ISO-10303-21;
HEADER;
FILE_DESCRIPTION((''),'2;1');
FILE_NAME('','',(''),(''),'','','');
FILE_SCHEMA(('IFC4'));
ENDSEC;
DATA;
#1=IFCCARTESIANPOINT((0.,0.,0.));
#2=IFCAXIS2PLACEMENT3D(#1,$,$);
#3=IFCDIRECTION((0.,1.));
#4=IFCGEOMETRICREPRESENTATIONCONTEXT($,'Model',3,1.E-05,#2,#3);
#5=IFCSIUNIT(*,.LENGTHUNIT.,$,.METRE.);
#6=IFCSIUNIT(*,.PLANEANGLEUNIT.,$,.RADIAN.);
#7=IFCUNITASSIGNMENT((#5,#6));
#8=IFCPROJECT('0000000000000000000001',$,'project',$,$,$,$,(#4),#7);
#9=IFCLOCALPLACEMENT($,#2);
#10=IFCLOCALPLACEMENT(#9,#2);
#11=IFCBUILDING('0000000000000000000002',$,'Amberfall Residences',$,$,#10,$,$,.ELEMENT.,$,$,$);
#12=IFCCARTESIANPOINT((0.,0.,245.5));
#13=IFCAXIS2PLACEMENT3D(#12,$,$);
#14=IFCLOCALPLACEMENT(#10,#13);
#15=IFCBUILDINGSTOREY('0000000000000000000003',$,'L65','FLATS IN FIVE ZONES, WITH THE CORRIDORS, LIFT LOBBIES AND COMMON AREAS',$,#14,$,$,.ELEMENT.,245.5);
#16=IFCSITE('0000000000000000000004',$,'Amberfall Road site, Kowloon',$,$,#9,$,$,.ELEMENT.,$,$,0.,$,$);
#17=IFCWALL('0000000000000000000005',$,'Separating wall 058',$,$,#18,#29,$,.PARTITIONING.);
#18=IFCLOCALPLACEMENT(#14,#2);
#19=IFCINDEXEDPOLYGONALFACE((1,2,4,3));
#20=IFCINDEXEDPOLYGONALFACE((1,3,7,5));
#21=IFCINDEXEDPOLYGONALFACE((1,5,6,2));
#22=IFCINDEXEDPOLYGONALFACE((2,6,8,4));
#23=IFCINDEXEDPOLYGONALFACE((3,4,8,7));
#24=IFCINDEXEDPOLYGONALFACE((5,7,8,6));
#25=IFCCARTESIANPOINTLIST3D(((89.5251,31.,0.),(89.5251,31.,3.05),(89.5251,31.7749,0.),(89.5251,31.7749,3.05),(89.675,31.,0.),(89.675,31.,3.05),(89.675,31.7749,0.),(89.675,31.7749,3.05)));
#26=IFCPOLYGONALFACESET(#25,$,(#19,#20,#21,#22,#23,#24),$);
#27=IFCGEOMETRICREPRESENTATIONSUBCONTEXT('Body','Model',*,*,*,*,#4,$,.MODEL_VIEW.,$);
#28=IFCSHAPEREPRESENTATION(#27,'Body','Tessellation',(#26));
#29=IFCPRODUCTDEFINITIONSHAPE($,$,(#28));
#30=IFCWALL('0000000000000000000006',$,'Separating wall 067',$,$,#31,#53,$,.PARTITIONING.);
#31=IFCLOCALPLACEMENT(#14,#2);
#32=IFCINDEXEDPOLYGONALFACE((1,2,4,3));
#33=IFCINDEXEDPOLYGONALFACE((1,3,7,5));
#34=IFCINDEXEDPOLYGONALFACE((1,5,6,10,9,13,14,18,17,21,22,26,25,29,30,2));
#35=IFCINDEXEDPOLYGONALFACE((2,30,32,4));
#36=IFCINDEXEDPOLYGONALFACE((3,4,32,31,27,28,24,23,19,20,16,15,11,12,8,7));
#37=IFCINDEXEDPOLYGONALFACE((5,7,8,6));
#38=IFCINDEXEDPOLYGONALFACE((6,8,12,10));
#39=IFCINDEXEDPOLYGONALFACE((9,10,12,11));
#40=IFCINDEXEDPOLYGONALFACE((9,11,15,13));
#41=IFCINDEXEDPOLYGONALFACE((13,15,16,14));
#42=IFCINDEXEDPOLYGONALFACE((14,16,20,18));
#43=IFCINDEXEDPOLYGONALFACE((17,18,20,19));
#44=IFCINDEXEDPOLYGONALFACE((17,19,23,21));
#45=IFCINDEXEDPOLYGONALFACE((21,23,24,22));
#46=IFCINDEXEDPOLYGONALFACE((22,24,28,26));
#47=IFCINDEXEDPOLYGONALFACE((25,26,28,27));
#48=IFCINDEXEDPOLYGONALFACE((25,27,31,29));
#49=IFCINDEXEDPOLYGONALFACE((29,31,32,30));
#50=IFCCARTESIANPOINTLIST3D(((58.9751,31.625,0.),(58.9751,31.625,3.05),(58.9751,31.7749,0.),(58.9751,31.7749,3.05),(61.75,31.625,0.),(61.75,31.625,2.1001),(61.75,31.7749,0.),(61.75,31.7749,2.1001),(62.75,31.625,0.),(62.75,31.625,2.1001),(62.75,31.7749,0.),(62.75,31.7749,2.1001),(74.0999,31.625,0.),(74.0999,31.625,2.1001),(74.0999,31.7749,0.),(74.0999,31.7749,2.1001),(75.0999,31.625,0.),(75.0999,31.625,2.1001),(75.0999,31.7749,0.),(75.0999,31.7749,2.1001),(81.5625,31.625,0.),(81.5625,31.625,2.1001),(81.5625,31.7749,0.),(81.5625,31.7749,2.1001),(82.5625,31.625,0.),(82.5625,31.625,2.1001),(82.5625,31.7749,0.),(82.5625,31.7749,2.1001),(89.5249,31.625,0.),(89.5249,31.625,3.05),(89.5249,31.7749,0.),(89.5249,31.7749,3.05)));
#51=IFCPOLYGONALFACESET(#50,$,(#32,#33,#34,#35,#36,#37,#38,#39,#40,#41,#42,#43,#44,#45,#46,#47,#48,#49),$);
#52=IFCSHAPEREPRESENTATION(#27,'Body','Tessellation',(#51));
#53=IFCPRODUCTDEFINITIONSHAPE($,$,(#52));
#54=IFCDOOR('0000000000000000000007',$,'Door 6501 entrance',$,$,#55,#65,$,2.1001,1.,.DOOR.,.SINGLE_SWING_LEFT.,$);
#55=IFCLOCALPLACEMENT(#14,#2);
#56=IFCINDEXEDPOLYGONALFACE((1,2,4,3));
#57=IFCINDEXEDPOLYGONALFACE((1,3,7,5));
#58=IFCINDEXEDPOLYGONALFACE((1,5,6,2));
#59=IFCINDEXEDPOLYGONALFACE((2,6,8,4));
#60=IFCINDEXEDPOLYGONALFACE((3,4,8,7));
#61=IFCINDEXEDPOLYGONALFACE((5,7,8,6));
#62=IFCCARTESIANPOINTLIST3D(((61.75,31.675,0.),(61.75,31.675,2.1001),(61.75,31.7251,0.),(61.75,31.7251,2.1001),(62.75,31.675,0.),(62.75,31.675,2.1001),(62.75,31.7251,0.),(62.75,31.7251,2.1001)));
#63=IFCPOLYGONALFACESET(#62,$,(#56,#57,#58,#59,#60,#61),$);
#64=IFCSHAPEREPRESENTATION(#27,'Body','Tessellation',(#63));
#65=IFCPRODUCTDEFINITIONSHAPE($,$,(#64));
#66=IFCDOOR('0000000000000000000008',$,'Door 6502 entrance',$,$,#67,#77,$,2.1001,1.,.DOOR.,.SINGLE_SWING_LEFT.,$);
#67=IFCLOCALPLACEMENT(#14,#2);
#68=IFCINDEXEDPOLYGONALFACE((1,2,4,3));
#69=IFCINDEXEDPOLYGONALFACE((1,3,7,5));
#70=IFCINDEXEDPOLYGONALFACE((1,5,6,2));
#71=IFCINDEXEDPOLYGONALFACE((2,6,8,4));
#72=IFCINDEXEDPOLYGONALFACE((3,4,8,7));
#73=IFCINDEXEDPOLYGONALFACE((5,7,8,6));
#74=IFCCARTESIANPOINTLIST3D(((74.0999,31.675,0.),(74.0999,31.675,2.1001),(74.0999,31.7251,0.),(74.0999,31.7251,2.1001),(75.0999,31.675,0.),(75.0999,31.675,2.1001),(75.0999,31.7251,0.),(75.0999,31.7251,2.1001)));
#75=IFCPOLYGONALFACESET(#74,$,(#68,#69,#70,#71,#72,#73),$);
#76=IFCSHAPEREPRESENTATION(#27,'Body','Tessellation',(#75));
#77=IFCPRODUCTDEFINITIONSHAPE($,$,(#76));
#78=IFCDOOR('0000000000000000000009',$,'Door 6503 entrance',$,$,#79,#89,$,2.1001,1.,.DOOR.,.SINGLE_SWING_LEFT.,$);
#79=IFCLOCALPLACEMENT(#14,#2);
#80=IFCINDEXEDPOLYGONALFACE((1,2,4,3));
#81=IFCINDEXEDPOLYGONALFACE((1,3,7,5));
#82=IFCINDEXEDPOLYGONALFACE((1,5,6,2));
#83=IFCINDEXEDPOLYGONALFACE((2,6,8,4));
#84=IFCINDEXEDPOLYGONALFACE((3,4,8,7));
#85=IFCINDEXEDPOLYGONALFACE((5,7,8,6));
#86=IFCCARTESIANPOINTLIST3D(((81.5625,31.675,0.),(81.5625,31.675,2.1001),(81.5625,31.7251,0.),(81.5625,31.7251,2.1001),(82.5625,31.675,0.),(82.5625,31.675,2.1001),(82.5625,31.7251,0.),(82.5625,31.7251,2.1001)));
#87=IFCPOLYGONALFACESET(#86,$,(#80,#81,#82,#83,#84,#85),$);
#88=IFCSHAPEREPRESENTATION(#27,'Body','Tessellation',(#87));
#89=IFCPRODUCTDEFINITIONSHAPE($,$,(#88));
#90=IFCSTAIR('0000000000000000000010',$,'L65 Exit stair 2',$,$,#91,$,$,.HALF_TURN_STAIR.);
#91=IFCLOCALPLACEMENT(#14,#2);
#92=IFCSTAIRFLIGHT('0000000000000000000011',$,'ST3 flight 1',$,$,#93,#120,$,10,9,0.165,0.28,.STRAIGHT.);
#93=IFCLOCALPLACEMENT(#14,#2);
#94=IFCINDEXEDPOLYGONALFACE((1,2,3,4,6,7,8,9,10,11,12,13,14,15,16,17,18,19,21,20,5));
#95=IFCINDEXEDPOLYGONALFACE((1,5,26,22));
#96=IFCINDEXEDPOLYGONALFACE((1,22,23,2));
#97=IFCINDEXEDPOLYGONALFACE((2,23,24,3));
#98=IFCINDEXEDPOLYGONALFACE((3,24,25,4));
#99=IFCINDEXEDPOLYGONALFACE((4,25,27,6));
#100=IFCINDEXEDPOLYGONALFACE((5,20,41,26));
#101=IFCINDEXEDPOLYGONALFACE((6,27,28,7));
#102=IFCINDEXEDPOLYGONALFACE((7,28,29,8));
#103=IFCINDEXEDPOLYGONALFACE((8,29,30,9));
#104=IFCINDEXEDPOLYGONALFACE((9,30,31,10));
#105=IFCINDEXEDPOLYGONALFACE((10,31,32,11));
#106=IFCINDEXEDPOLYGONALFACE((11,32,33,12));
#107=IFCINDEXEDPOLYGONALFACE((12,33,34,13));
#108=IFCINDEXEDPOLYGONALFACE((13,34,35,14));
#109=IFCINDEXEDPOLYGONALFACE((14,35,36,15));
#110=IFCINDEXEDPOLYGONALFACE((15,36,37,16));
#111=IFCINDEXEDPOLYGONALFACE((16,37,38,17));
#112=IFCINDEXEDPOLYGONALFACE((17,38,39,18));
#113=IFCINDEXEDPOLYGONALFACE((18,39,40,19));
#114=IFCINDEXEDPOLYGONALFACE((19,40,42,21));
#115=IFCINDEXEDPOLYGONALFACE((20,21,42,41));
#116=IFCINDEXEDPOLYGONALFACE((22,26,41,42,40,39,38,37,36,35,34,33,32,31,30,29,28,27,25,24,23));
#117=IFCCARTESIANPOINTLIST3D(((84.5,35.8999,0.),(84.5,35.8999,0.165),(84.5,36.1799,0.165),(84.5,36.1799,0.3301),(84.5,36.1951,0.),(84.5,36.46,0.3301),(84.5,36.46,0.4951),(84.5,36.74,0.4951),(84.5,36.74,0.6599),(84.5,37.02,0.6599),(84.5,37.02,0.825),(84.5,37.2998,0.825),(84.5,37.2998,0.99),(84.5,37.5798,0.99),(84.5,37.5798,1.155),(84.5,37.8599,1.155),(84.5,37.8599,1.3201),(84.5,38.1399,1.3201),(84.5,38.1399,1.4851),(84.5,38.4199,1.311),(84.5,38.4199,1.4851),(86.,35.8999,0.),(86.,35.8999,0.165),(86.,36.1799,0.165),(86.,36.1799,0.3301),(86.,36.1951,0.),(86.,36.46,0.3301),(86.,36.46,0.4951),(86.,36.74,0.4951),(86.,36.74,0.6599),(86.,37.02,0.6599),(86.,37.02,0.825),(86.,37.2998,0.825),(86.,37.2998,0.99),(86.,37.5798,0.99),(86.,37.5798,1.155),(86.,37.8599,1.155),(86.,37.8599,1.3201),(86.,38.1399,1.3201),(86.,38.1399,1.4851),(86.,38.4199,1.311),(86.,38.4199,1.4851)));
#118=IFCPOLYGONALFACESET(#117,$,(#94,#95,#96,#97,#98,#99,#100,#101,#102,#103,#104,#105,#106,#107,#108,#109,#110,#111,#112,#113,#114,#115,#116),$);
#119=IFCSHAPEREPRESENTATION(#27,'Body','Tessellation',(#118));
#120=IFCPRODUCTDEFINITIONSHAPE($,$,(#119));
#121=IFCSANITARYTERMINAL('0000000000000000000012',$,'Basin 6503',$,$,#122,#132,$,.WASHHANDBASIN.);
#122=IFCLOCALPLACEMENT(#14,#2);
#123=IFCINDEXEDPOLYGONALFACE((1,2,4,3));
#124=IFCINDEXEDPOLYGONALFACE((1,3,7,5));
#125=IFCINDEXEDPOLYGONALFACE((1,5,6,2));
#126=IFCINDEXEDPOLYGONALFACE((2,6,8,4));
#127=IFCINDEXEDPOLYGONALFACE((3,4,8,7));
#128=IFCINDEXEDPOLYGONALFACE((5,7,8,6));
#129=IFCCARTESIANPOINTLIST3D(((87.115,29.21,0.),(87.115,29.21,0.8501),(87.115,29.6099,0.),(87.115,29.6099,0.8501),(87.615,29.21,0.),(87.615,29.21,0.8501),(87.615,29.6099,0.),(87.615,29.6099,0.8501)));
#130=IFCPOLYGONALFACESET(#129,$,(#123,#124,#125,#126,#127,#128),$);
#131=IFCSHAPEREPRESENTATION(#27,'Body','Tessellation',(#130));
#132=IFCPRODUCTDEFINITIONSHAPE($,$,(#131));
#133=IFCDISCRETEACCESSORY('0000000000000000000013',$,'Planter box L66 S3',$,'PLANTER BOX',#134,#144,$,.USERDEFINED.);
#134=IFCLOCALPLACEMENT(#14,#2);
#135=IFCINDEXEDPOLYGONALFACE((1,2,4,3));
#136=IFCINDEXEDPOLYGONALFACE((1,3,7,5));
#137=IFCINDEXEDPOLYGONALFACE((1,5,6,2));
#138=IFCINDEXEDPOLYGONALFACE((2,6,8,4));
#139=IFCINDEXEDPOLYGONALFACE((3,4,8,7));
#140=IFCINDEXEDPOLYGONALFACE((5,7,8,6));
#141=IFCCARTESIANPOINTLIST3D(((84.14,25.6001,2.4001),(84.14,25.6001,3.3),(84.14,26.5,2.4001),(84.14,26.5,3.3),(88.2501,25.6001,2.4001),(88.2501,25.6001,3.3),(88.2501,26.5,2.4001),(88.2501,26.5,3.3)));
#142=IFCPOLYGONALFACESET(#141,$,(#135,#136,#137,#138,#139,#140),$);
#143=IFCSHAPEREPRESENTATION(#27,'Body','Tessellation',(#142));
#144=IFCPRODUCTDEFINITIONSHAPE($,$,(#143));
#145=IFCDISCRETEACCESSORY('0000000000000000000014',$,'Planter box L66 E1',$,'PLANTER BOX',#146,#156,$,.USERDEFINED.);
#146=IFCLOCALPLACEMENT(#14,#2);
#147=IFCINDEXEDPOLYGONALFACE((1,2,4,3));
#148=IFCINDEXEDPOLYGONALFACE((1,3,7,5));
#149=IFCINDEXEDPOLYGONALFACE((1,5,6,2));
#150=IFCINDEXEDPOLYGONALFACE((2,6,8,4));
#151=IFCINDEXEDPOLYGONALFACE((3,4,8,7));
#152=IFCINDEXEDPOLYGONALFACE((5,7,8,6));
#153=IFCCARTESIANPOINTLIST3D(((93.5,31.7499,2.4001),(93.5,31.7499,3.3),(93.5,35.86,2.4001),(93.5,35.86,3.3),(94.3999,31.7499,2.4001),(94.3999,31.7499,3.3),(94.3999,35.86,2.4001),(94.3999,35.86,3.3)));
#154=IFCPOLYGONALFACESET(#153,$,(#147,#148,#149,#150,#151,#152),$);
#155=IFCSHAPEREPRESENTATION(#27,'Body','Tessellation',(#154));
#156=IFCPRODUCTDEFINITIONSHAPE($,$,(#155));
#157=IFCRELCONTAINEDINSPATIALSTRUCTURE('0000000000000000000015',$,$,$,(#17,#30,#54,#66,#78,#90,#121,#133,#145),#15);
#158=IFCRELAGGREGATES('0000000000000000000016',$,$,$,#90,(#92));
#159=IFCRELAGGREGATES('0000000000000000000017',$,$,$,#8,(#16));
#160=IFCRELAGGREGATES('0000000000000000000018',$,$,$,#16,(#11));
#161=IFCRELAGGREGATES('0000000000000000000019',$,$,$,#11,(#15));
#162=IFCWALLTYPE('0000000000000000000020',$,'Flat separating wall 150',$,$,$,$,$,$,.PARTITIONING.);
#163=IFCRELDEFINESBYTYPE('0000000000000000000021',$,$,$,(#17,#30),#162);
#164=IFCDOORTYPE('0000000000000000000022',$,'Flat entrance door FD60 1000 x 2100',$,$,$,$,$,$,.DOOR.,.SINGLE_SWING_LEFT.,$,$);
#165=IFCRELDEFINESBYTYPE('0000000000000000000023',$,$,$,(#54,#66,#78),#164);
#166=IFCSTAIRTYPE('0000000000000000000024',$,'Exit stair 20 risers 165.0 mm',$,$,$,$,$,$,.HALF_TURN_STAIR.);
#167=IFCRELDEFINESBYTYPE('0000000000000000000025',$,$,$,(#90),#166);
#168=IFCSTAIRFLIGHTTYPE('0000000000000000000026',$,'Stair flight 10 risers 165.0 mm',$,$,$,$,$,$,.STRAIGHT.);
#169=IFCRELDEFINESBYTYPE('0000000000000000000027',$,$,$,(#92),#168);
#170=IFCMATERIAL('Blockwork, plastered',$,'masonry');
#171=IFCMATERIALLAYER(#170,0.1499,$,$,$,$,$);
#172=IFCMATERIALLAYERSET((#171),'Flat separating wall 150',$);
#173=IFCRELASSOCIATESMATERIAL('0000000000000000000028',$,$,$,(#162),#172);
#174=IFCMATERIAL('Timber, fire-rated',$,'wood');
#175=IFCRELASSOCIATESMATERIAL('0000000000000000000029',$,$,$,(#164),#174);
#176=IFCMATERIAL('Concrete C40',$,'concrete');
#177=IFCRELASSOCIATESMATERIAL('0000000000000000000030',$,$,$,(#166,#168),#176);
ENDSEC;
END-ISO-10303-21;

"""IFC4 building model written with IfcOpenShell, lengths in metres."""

from ifc_helpers import new_model, si_unit, direction, frame, frame_2d, origin, origin_2d, place, context, subcontext, project, spatial, polyline, rectangle, outline, extrude, material, layer, layer_set, type_object, element, fill, aggregate, save


model = new_model("IFC4")

# Units and contexts
model_context = context("Model", 3, precision=1e-05, world=origin(), true_north=direction((0.0, 1.0)))
body_context = subcontext(model_context, "Body", "Model", "MODEL_VIEW")
ifc_project = project(units=[si_unit("LENGTHUNIT", "METRE"), si_unit("PLANEANGLEUNIT", "RADIAN")], contexts=[model_context])

# Site, building, storey
site_placement = place(None, origin())
site = spatial("IfcSite", under=ifc_project, at=site_placement, Name="Amberfall Road site, Kowloon", CompositionType="ELEMENT", RefElevation=0.0)
building_placement = place(site_placement, origin())
building = spatial("IfcBuilding", under=site, at=building_placement, Name="Amberfall Residences", CompositionType="ELEMENT")
storey_placement = place(building_placement, frame((0.0, 0.0, 245.5)))
storey = spatial("IfcBuildingStorey", under=building, at=storey_placement, Name="L65", Description="FLATS IN FIVE ZONES, WITH THE CORRIDORS, LIFT LOBBIES AND COMMON AREAS", CompositionType="ELEMENT", Elevation=245.5)

# Wall
ifc_material_1 = material(Name="Blockwork, plastered", Category="masonry")
ifc_layer_1 = layer(ifc_material_1, 0.1499)
ifc_layer_set_1 = layer_set([ifc_layer_1], Name="Flat separating wall 150")
wall_type_1 = type_object("IfcWallType", Name="Flat separating wall 150", PredefinedType="PARTITIONING", material=ifc_layer_set_1)
wall_1_placement = place(storey_placement, frame((89.6001, 31.0, 0.0), z_axis=(0.0, 0.0, 1.0), x_axis=(0.0, 1.0, 0.0)))
element("IfcWall", 1, at=wall_1_placement, inside=storey, type_object=wall_type_1, Name="Separating wall 058", PredefinedType="PARTITIONING", context=body_context, shape_type="SweptSolid", body=[
    extrude(rectangle(XDim=0.7749, YDim=0.1499, at=frame_2d((0.3875, 0.0))), origin(), (0.0, 0.0, 1.0), 3.05),
])

# Wall, openings, doors
wall_2_placement = place(storey_placement, frame((89.5249, 31.7, 0.0), z_axis=(0.0, 0.0, 1.0), x_axis=(-1.0, 0.0, 0.0)))
wall_2 = element("IfcWall", 2, at=wall_2_placement, inside=storey, type_object=wall_type_1, Name="Separating wall 067", PredefinedType="PARTITIONING", context=body_context, shape_type="SweptSolid", body=[
    extrude(rectangle(XDim=30.5498, YDim=0.1499, at=frame_2d((15.2749, 0.0))), origin(), (0.0, 0.0, 1.0), 3.05),
])
opening_1_placement = place(wall_2_placement, frame((26.7749, 0.0, 0.0)))
opening_1 = element("IfcOpeningElement", 3, at=opening_1_placement, cuts=wall_2, PredefinedType="OPENING", context=body_context, shape_type="SweptSolid", body=[
    extrude(rectangle(XDim=1.0, YDim=2.1001, at=frame_2d((0.5, 1.05))), frame((0.0, 0.085, 0.0), z_axis=(0.0, -1.0, 0.0), x_axis=(1.0, 0.0, 0.0)), (0.0, 0.0, 1.0), 0.1699),
])
opening_2_placement = place(wall_2_placement, frame((14.425, 0.0, 0.0)))
opening_2 = element("IfcOpeningElement", 4, at=opening_2_placement, cuts=wall_2, PredefinedType="OPENING", context=body_context, shape_type="SweptSolid", body=[
    extrude(rectangle(XDim=1.0, YDim=2.1001, at=frame_2d((0.5, 1.05))), frame((0.0, 0.085, 0.0), z_axis=(0.0, -1.0, 0.0), x_axis=(1.0, 0.0, 0.0)), (0.0, 0.0, 1.0), 0.1699),
])
opening_3_placement = place(wall_2_placement, frame((6.9624, 0.0, 0.0)))
opening_3 = element("IfcOpeningElement", 5, at=opening_3_placement, cuts=wall_2, PredefinedType="OPENING", context=body_context, shape_type="SweptSolid", body=[
    extrude(rectangle(XDim=1.0, YDim=2.1001, at=frame_2d((0.5, 1.05))), frame((0.0, 0.085, 0.0), z_axis=(0.0, -1.0, 0.0), x_axis=(1.0, 0.0, 0.0)), (0.0, 0.0, 1.0), 0.1699),
])
ifc_material_2 = material(Name="Timber, fire-rated", Category="wood")
door_type_1 = type_object("IfcDoorType", Name="Flat entrance door FD60 1000 x 2100", OperationType="SINGLE_SWING_LEFT", PredefinedType="DOOR", material=ifc_material_2)
door_1_placement = place(opening_1_placement, origin())
door_1 = element("IfcDoor", 6, at=door_1_placement, inside=storey, type_object=door_type_1, Name="Door 6501 entrance", OperationType="SINGLE_SWING_LEFT", OverallHeight=2.1001, OverallWidth=1.0, PredefinedType="DOOR", context=body_context, shape_type="SweptSolid", body=[
    extrude(rectangle(XDim=1.0, YDim=2.1001, at=frame_2d((0.5, 1.05))), frame((0.0, 0.0249, 0.0), z_axis=(0.0, -1.0, 0.0), x_axis=(1.0, 0.0, 0.0)), (0.0, 0.0, 1.0), 0.05),
])
fill(opening_1, door_1)
door_2_placement = place(opening_2_placement, origin())
door_2 = element("IfcDoor", 7, at=door_2_placement, inside=storey, type_object=door_type_1, Name="Door 6502 entrance", OperationType="SINGLE_SWING_LEFT", OverallHeight=2.1001, OverallWidth=1.0, PredefinedType="DOOR", context=body_context, shape_type="SweptSolid", body=[
    extrude(rectangle(XDim=1.0, YDim=2.1001, at=frame_2d((0.5, 1.05))), frame((0.0, 0.0249, 0.0), z_axis=(0.0, -1.0, 0.0), x_axis=(1.0, 0.0, 0.0)), (0.0, 0.0, 1.0), 0.05),
])
fill(opening_2, door_2)
door_3_placement = place(opening_3_placement, origin())
door_3 = element("IfcDoor", 8, at=door_3_placement, inside=storey, type_object=door_type_1, Name="Door 6503 entrance", OperationType="SINGLE_SWING_LEFT", OverallHeight=2.1001, OverallWidth=1.0, PredefinedType="DOOR", context=body_context, shape_type="SweptSolid", body=[
    extrude(rectangle(XDim=1.0, YDim=2.1001, at=frame_2d((0.5, 1.05))), frame((0.0, 0.0249, 0.0), z_axis=(0.0, -1.0, 0.0), x_axis=(1.0, 0.0, 0.0)), (0.0, 0.0, 1.0), 0.05),
])
fill(opening_3, door_3)

# Stair, stair flight
ifc_material_3 = material(Name="Concrete C40", Category="concrete")
stair_type = type_object("IfcStairType", Name="Exit stair 20 risers 165.0 mm", PredefinedType="HALF_TURN_STAIR", material=ifc_material_3)
stair_placement = place(storey_placement, origin())
stair = element("IfcStair", 9, at=stair_placement, inside=storey, type_object=stair_type, Name="L65 Exit stair 2", PredefinedType="HALF_TURN_STAIR")
stair_flight_type = type_object("IfcStairFlightType", Name="Stair flight 10 risers 165.0 mm", PredefinedType="STRAIGHT", material=ifc_material_3)
stair_flight_placement = place(storey_placement, frame((85.25, 35.8999, 0.0), z_axis=(0.0, 0.0, 1.0), x_axis=(0.0, 1.0, 0.0)))
stair_flight = element("IfcStairFlight", 10, at=stair_flight_placement, type_object=stair_flight_type, Name="ST3 flight 1", NumberOfRisers=10, NumberOfTreads=9, PredefinedType="STRAIGHT", RiserHeight=0.165, TreadLength=0.28, context=body_context, shape_type="SweptSolid", body=[
    extrude(outline(polyline([(0.0, 0.0), (0.0, 0.165), (0.28, 0.165), (0.28, 0.3301), (0.5601, 0.3301), (0.5601, 0.4951), (0.8401, 0.4951), (0.8401, 0.6599), (1.1201, 0.6599), (1.1201, 0.825), (1.3999, 0.825), (1.3999, 0.99), (1.6799, 0.99), (1.6799, 1.155), (1.96, 1.155), (1.96, 1.3201), (2.24, 1.3201), (2.24, 1.4851), (2.52, 1.4851), (2.52, 1.6499), (2.52, 1.311), (0.2952, 0.0), (0.0, 0.0)])), frame((0.0, 0.75, 0.0), z_axis=(0.0, -1.0, 0.0), x_axis=(1.0, 0.0, 0.0)), (0.0, 0.0, 1.0), 1.5),
])
aggregate(stair, [stair_flight])

# Sanitary terminal
sanitary_terminal_placement = place(storey_placement, frame((87.365, 29.4099, 0.0), z_axis=(0.0, 0.0, 1.0), x_axis=(1.0, 0.0, 0.0)))
element("IfcSanitaryTerminal", 11, at=sanitary_terminal_placement, inside=storey, Name="Basin 6503", PredefinedType="WASHHANDBASIN", context=body_context, shape_type="SweptSolid", body=[
    extrude(rectangle(XDim=0.5, YDim=0.3999, at=origin_2d()), origin(), (0.0, 0.0, 1.0), 0.8501),
])

# Discrete accessories
for number, where, z_axis, x_axis, name in (
    (12, (86.1951, 26.05, 2.4001), (0.0, 0.0, 1.0), (1.0, 0.0, 0.0), "Planter box L66 S3"),
    (13, (93.95, 33.8049, 2.4001), (0.0, 0.0, 1.0), (0.0, 1.0, 0.0), "Planter box L66 E1"),
):
    element("IfcDiscreteAccessory", number, at=place(storey_placement, frame(where, z_axis=z_axis, x_axis=x_axis)), inside=storey, Name=name, ObjectType="PLANTER BOX", PredefinedType="USERDEFINED", context=body_context, shape_type="SweptSolid", body=[
        extrude(rectangle(XDim=4.1101, YDim=0.8999, at=origin_2d()), origin(), (0.0, 0.0, 1.0), 0.8999),
    ])

save(model, "model.ifc")
